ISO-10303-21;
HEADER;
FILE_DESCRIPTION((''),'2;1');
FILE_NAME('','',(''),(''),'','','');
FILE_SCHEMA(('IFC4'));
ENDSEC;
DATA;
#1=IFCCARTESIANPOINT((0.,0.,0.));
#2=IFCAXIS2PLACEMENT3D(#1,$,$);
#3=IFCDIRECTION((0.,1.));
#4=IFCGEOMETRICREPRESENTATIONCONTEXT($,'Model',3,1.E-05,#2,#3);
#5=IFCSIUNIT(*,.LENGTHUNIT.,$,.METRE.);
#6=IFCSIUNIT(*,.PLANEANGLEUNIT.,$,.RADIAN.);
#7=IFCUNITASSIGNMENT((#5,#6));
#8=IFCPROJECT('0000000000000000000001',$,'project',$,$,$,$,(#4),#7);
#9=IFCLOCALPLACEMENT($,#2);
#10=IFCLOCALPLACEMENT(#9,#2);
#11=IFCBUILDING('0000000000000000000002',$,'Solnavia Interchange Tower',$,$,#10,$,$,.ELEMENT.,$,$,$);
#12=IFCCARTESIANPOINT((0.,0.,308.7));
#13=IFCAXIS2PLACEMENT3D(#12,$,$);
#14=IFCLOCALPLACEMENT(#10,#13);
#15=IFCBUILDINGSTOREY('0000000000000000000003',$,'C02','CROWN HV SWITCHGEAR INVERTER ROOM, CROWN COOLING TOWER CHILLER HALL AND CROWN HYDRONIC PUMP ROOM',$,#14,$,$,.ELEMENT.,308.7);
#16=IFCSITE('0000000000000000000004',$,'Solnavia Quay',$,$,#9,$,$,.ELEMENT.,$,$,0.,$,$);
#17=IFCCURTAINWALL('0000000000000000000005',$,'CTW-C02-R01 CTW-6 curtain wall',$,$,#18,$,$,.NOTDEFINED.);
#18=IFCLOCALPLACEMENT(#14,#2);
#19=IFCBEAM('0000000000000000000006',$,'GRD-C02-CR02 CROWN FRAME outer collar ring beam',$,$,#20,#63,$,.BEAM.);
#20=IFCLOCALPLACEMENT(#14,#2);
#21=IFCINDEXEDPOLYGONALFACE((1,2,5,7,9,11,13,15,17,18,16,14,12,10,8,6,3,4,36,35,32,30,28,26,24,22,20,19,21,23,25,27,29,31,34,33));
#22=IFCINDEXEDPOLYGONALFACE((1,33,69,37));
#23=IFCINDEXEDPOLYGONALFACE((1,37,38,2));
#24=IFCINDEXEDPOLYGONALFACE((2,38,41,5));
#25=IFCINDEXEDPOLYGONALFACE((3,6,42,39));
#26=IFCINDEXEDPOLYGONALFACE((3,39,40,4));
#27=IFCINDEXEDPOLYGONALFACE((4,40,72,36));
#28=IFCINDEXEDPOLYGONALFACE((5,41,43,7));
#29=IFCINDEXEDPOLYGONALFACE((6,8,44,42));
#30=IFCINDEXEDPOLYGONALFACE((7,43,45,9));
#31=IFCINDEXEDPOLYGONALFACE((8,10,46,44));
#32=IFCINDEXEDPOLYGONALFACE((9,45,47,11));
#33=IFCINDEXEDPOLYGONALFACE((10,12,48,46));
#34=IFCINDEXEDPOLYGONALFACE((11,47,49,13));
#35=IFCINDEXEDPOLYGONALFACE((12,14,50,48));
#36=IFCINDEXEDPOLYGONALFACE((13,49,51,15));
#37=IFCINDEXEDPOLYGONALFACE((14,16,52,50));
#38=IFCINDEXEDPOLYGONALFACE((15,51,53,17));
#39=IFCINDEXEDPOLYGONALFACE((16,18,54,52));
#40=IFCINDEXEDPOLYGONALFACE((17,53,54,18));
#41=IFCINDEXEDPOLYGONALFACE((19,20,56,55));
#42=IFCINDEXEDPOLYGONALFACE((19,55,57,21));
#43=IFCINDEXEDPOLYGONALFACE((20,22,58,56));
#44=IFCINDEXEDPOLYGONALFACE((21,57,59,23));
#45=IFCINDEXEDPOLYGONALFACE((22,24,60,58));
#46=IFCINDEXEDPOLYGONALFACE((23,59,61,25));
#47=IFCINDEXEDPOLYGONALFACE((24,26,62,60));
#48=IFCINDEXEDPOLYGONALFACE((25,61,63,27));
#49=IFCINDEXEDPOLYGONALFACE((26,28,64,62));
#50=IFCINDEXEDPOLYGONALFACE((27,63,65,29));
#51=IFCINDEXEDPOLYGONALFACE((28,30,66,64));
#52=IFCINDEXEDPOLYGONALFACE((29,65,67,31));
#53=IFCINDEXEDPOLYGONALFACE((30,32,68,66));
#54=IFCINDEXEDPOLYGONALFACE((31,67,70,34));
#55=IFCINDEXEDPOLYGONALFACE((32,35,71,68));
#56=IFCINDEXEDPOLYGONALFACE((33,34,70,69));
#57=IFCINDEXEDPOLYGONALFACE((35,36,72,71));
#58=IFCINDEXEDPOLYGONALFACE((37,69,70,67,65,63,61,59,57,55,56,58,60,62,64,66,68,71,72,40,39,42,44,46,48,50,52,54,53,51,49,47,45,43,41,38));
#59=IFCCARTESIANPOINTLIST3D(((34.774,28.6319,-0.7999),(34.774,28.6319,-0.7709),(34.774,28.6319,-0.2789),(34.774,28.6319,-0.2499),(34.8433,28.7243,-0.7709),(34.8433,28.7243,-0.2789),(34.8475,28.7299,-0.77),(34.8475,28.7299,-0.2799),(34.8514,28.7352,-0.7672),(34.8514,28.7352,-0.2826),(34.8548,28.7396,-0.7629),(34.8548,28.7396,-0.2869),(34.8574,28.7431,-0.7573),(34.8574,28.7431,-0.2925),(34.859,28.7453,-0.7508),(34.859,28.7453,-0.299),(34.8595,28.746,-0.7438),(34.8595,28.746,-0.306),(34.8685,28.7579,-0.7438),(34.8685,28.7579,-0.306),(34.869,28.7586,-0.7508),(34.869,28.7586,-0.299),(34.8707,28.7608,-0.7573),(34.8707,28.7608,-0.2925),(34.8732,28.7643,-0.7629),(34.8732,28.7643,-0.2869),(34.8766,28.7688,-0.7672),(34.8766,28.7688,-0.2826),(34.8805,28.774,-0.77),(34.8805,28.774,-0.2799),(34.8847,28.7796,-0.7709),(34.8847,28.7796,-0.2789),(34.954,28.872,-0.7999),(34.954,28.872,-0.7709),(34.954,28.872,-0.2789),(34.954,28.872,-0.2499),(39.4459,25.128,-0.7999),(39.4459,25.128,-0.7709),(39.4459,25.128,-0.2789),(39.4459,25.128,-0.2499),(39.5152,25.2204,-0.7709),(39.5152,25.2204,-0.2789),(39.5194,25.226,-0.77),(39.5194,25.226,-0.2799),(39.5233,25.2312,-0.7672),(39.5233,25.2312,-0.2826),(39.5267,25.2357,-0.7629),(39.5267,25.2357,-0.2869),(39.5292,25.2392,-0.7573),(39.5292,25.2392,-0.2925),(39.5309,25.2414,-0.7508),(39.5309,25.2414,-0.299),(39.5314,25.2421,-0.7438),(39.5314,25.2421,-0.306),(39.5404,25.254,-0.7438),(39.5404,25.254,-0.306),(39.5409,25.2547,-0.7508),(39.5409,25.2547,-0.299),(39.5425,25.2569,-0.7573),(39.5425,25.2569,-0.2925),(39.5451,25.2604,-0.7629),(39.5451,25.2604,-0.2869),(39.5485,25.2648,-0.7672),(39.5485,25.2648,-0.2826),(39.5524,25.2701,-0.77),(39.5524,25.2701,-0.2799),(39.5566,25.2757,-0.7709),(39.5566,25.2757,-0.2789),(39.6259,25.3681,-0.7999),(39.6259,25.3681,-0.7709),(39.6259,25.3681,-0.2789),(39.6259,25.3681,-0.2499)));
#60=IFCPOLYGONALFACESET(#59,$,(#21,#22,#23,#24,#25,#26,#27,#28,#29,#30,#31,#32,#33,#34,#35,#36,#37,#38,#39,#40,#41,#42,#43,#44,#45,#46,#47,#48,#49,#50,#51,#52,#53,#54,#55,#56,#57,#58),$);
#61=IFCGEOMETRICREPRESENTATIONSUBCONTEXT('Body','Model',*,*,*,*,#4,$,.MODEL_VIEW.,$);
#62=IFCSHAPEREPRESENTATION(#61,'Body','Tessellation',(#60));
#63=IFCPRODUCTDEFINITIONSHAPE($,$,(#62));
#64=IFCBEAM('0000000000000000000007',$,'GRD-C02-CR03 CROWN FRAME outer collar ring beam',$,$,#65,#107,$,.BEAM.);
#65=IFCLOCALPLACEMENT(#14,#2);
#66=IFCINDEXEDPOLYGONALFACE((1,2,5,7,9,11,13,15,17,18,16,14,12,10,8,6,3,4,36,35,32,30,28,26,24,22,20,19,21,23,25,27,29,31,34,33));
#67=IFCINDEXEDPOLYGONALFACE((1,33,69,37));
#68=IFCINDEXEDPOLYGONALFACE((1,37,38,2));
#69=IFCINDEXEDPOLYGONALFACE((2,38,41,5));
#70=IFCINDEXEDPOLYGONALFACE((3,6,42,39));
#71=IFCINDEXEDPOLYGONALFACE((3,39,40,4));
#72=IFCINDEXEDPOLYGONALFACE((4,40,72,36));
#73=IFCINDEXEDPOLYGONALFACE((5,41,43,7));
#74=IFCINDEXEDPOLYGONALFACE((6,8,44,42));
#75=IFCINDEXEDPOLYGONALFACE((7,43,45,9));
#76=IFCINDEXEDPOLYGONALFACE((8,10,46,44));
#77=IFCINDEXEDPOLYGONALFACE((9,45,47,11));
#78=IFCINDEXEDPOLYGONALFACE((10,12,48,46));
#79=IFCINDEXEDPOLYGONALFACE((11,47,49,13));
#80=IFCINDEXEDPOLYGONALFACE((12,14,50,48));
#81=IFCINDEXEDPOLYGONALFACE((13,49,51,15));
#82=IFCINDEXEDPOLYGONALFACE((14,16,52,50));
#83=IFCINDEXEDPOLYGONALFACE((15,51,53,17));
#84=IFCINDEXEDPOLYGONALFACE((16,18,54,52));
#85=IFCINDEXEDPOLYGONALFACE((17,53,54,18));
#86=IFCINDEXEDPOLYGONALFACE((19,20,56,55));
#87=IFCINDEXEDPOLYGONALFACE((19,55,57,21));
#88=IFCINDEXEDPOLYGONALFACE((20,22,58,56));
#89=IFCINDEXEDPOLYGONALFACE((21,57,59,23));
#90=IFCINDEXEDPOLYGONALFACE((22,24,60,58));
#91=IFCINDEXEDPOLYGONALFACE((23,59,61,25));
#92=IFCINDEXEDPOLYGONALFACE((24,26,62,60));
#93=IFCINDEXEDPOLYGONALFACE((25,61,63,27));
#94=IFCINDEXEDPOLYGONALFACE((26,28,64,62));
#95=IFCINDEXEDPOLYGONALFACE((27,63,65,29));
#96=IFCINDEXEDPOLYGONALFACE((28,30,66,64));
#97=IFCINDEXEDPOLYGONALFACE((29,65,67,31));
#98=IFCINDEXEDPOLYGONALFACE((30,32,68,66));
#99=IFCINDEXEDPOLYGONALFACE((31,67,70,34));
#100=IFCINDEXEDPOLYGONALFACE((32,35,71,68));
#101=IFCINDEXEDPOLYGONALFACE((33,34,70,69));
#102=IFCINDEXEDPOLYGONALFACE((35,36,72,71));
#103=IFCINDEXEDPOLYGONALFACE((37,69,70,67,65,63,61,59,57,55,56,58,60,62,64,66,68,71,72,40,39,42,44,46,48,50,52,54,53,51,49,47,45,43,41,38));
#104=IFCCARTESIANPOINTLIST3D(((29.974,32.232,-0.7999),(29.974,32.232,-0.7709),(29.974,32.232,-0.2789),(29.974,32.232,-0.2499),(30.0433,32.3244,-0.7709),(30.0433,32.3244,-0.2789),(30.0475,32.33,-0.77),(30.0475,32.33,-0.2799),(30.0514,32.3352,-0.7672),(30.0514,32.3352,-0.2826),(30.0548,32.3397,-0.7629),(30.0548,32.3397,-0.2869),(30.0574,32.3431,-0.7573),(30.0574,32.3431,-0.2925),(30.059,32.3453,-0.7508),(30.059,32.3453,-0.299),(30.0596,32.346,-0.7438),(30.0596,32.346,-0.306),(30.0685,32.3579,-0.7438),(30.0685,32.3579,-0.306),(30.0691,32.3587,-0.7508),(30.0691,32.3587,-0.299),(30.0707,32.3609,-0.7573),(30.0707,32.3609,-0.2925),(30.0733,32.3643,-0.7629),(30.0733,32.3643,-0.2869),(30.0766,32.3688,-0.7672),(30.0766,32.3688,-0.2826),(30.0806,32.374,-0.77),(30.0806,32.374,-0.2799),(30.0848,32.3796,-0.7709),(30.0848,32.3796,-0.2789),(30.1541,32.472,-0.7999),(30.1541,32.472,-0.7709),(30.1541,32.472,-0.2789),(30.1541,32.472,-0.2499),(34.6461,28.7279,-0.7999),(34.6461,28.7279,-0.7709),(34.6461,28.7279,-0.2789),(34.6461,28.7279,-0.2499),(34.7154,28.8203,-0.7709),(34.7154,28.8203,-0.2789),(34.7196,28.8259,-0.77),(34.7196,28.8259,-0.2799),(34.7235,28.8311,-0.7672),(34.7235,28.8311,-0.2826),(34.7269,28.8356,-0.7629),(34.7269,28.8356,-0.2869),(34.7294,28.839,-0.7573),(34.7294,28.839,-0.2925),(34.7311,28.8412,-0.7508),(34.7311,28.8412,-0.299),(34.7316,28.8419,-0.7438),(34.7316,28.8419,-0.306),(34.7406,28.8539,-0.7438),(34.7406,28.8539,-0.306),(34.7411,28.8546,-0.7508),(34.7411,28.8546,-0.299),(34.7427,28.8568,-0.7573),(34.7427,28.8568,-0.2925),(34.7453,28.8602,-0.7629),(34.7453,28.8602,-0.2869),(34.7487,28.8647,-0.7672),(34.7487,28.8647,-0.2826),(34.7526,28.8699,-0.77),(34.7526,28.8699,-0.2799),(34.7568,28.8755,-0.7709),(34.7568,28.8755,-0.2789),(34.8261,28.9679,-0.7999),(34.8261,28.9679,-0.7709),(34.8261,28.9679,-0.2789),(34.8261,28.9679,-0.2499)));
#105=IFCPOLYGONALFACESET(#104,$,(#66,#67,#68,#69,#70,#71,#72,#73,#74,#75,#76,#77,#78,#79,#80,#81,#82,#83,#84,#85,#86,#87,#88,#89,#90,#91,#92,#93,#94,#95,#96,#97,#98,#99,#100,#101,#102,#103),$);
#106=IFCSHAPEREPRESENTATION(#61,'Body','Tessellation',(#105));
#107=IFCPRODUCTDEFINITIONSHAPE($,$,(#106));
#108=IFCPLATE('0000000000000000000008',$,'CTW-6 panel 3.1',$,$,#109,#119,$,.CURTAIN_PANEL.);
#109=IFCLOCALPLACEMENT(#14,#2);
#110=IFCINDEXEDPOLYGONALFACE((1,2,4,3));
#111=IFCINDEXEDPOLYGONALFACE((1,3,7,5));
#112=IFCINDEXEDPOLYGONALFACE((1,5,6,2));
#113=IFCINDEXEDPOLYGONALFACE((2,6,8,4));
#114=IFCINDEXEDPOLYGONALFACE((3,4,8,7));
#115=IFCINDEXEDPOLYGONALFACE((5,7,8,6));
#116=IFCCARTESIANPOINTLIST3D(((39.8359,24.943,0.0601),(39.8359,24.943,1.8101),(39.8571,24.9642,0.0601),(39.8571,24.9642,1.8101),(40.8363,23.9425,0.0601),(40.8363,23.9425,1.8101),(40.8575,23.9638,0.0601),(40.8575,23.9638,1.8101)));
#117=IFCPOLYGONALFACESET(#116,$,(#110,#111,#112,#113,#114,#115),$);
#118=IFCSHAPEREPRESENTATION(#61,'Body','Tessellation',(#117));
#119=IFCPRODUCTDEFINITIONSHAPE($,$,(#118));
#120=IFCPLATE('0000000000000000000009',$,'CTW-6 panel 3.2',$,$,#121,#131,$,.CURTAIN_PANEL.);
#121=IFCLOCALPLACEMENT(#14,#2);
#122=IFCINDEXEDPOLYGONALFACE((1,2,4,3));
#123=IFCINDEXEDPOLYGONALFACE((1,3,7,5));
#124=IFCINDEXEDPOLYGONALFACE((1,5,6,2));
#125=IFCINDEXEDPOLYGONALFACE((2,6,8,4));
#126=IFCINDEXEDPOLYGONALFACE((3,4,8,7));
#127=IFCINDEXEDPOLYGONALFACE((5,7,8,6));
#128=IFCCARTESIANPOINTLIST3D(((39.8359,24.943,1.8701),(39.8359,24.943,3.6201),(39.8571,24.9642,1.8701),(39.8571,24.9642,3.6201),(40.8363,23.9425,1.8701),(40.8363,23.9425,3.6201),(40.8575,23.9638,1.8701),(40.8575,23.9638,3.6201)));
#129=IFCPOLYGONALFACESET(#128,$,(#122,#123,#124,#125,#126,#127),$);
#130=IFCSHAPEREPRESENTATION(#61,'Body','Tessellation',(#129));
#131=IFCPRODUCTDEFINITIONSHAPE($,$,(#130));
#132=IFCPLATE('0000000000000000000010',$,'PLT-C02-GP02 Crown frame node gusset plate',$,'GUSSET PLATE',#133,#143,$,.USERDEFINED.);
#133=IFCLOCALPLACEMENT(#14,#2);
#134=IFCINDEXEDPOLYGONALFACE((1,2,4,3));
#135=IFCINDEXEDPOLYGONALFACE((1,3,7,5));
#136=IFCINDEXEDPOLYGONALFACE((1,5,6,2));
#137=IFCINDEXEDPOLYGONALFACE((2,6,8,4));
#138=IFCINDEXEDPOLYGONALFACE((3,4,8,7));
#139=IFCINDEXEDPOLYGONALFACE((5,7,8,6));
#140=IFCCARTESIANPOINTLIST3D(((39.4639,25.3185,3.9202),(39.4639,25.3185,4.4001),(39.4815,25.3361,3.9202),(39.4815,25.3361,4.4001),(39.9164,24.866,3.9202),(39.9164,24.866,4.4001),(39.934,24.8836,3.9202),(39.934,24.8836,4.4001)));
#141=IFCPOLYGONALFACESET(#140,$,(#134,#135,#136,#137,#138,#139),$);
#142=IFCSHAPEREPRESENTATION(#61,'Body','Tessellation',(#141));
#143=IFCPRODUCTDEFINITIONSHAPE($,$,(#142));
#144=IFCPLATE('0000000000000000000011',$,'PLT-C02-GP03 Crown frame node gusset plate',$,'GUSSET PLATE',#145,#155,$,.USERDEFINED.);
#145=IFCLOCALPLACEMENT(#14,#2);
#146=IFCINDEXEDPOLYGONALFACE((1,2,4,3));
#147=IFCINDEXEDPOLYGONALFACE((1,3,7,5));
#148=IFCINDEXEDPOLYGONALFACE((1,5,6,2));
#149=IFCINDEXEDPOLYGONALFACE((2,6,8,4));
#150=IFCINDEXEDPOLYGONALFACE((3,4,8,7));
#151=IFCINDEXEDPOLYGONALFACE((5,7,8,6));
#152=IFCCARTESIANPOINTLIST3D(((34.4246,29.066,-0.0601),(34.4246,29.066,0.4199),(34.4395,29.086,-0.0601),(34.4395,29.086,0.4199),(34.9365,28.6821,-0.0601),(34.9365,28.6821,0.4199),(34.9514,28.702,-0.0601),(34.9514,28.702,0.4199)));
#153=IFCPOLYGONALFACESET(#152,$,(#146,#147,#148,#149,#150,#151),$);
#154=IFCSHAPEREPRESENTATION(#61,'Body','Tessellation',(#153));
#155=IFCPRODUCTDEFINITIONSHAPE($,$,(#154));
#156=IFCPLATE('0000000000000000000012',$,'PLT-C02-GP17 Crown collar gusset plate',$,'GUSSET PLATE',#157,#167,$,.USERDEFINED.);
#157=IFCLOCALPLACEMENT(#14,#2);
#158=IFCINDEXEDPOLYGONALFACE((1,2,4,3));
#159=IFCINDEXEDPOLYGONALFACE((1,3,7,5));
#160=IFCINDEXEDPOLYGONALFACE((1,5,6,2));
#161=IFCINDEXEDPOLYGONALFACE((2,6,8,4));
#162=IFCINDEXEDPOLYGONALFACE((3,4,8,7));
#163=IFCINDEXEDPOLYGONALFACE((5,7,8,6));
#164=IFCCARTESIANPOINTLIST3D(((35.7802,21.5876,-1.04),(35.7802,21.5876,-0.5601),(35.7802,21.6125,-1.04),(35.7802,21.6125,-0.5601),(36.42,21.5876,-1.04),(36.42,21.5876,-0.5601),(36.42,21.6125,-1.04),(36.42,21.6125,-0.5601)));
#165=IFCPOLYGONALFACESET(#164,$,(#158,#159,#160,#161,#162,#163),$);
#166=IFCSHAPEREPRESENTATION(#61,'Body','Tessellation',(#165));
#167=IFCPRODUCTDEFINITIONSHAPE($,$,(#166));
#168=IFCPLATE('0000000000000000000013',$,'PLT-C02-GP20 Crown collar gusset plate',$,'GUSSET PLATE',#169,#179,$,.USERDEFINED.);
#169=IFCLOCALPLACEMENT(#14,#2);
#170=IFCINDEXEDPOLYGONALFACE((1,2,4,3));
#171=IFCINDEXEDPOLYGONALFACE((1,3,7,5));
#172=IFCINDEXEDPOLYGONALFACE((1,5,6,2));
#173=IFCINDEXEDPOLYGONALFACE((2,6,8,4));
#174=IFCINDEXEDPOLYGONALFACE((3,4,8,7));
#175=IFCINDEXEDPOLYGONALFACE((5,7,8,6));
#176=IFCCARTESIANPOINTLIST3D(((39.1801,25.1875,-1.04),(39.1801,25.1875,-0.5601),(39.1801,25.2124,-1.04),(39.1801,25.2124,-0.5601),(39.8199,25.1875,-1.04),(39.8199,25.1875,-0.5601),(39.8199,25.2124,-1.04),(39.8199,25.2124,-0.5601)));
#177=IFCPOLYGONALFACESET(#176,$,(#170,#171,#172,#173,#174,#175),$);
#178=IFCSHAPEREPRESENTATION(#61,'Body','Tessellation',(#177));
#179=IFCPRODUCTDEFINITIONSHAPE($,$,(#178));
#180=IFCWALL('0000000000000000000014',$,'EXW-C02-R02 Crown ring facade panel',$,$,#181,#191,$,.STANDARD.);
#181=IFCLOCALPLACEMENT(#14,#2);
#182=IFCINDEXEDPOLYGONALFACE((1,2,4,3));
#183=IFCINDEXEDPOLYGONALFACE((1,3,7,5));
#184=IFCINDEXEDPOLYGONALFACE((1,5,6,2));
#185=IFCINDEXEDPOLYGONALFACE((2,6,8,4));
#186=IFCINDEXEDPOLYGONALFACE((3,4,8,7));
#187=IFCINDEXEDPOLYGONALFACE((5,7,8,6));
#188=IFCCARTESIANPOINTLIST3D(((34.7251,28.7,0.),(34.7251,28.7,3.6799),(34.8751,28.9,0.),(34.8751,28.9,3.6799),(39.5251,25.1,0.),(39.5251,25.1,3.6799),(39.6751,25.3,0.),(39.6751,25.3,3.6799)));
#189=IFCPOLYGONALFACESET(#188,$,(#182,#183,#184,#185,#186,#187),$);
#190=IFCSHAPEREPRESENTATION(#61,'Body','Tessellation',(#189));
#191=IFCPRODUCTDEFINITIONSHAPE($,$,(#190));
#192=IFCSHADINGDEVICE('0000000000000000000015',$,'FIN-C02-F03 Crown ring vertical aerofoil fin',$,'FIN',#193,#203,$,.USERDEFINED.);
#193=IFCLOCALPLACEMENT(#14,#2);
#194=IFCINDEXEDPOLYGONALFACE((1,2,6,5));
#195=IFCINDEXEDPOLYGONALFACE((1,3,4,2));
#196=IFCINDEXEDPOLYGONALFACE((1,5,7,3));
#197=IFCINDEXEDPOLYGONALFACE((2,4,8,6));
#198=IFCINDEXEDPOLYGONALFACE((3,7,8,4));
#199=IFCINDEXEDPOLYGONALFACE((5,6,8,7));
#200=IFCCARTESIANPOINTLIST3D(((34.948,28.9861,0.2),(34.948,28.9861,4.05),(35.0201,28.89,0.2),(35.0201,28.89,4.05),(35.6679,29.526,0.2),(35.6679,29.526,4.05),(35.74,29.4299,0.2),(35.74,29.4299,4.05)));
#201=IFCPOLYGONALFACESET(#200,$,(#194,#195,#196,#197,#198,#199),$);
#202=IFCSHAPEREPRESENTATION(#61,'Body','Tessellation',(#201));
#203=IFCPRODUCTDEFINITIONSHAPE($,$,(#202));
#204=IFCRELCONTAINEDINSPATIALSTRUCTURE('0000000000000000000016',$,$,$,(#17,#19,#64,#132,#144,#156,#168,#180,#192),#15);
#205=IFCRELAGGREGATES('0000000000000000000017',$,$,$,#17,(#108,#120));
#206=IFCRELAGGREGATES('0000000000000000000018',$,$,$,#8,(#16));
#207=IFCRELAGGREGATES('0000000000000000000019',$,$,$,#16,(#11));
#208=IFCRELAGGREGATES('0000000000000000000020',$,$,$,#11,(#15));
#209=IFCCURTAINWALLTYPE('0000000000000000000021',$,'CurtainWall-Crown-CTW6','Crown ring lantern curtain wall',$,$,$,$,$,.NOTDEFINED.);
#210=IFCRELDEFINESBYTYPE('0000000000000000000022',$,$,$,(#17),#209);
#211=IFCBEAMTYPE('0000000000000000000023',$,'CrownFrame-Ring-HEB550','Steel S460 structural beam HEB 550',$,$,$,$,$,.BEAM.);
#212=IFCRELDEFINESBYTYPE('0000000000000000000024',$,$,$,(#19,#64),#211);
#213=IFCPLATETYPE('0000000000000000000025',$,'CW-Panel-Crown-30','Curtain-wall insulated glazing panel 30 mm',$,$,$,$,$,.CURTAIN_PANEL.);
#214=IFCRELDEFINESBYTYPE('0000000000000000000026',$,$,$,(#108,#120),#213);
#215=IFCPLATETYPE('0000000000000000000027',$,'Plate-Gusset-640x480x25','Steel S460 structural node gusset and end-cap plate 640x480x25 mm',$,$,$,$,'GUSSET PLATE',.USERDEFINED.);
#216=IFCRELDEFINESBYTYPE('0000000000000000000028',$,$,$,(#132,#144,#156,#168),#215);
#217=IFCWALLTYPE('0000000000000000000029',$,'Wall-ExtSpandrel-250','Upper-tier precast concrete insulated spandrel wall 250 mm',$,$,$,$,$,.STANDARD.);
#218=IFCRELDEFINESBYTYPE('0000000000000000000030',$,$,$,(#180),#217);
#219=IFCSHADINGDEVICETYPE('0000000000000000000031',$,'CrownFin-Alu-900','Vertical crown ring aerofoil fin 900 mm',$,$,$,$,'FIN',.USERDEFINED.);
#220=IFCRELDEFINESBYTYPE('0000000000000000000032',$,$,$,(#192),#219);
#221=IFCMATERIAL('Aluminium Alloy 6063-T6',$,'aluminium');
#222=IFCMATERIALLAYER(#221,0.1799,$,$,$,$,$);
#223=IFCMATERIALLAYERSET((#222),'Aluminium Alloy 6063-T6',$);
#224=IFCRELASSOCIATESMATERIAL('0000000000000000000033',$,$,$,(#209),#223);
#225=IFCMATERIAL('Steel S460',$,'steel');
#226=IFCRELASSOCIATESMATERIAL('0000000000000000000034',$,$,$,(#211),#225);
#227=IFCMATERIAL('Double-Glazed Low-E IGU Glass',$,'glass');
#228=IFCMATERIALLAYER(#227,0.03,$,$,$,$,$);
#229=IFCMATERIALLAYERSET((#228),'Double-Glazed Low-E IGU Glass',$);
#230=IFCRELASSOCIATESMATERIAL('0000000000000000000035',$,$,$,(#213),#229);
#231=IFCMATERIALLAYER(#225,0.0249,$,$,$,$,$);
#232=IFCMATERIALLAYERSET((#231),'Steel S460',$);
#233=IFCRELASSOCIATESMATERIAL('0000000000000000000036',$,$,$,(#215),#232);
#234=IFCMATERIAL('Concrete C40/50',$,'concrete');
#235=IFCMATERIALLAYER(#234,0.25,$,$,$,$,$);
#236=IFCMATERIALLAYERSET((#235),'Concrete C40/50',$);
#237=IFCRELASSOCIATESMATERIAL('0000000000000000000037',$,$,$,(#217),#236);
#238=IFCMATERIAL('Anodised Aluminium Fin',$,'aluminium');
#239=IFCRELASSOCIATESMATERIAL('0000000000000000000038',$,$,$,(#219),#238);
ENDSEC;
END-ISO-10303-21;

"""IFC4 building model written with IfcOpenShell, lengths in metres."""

from ifc_helpers import new_model, si_unit, direction, frame, frame_2d, origin, origin_2d, place, context, subcontext, project, spatial, rectangle, i_section, extrude, material, layer, layer_set, material_profile, profile_set, type_object, element, aggregate, save


model = new_model("IFC4")

# Units and contexts
model_context = context("Model", 3, precision=1e-05, world=origin(), true_north=direction((0.0, 1.0)))
body_context = subcontext(model_context, "Body", "Model", "MODEL_VIEW")
ifc_project = project(units=[si_unit("LENGTHUNIT", "METRE"), si_unit("PLANEANGLEUNIT", "RADIAN")], contexts=[model_context])

# Site, building, storey
site_placement = place(None, origin())
site = spatial("IfcSite", under=ifc_project, at=site_placement, Name="Solnavia Quay", CompositionType="ELEMENT", RefElevation=0.0)
building_placement = place(site_placement, origin())
building = spatial("IfcBuilding", under=site, at=building_placement, Name="Solnavia Interchange Tower", CompositionType="ELEMENT")
storey_placement = place(building_placement, frame((0.0, 0.0, 308.7)))
storey = spatial("IfcBuildingStorey", under=building, at=storey_placement, Name="C02", Description="CROWN HV SWITCHGEAR INVERTER ROOM, CROWN COOLING TOWER CHILLER HALL AND CROWN HYDRONIC PUMP ROOM", CompositionType="ELEMENT", Elevation=308.7)

# Shared definitions
ifc_material_1 = material(Name="Steel S460", Category="steel")

# Curtain wall
ifc_material_2 = material(Name="Aluminium Alloy 6063-T6", Category="aluminium")
ifc_layer_1 = layer(ifc_material_2, 0.1799)
ifc_layer_set_1 = layer_set([ifc_layer_1], Name="Aluminium Alloy 6063-T6")
curtain_wall_type = type_object("IfcCurtainWallType", Name="CurtainWall-Crown-CTW6", Description="Crown ring lantern curtain wall", PredefinedType="NOTDEFINED", material=ifc_layer_set_1)
curtain_wall_1_placement = place(storey_placement, origin())
curtain_wall_1 = element("IfcCurtainWall", 1, at=curtain_wall_1_placement, inside=storey, type_object=curtain_wall_type, Name="CTW-C02-R01 CTW-6 curtain wall", PredefinedType="NOTDEFINED")

# Beams
ifc_material_profile_1 = material_profile(ifc_material_1, i_section(OverallWidth=0.3, OverallDepth=0.55, WebThickness=0.0149, FlangeThickness=0.0291, FilletRadius=0.0271, at=origin_2d()), Name="HEB 550")
ifc_profile_set_1 = profile_set([ifc_material_profile_1], Name="Steel S460")
beam_type_1 = type_object("IfcBeamType", Name="CrownFrame-Ring-HEB550", Description="Steel S460 structural beam HEB 550", PredefinedType="BEAM", material=ifc_profile_set_1)
beam_1_placement = place(storey_placement, frame((39.5359, 25.248, -0.5249), z_axis=(-0.8, 0.6, 0.0), x_axis=(-0.6, -0.8, 0.0)))
element("IfcBeam", 2, at=beam_1_placement, inside=storey, type_object=beam_type_1, Name="GRD-C02-CR02 CROWN FRAME outer collar ring beam", PredefinedType="BEAM", context=body_context, shape_type="SweptSolid", body=[
    extrude(i_section(OverallWidth=0.3, OverallDepth=0.55, WebThickness=0.0149, FlangeThickness=0.0291, FilletRadius=0.0271, at=origin_2d()), origin(), (0.0, 0.0, 1.0), 5.8398),
])
beam_2_placement = place(storey_placement, frame((34.7361, 28.8479, -0.5249), z_axis=(-0.799995, 0.600007, 0.0), x_axis=(-0.600007, -0.799995, 0.0)))
element("IfcBeam", 3, at=beam_2_placement, inside=storey, type_object=beam_type_1, Name="GRD-C02-CR03 CROWN FRAME outer collar ring beam", PredefinedType="BEAM", context=body_context, shape_type="SweptSolid", body=[
    extrude(i_section(OverallWidth=0.3, OverallDepth=0.55, WebThickness=0.0149, FlangeThickness=0.0291, FilletRadius=0.0271, at=origin_2d()), origin(), (0.0, 0.0, 1.0), 5.8401),
])

# Plates
ifc_material_3 = material(Name="Double-Glazed Low-E IGU Glass", Category="glass")
ifc_layer_2 = layer(ifc_material_3, 0.03)
ifc_layer_set_2 = layer_set([ifc_layer_2], Name="Double-Glazed Low-E IGU Glass")
plate_type_1 = type_object("IfcPlateType", Name="CW-Panel-Crown-30", Description="Curtain-wall insulated glazing panel 30 mm", PredefinedType="CURTAIN_PANEL", material=ifc_layer_set_2)
plate_1_placement = place(storey_placement, frame((40.3467, 24.4534, 0.0601), z_axis=(0.0, 0.0, 1.0), x_axis=(-0.707107, 0.707107, 0.0)))
plate_1 = element("IfcPlate", 4, at=plate_1_placement, type_object=plate_type_1, Name="CTW-6 panel 3.1", PredefinedType="CURTAIN_PANEL", context=body_context, shape_type="SweptSolid", body=[
    extrude(rectangle(XDim=1.4148, YDim=0.03, at=origin_2d()), origin(), (0.0, 0.0, 1.0), 1.75),
])
plate_2_placement = place(storey_placement, frame((40.3467, 24.4534, 1.8701), z_axis=(0.0, 0.0, 1.0), x_axis=(-0.707107, 0.707107, 0.0)))
plate_2 = element("IfcPlate", 5, at=plate_2_placement, type_object=plate_type_1, Name="CTW-6 panel 3.2", PredefinedType="CURTAIN_PANEL", context=body_context, shape_type="SweptSolid", body=[
    extrude(rectangle(XDim=1.4148, YDim=0.03, at=origin_2d()), origin(), (0.0, 0.0, 1.0), 1.75),
])
aggregate(curtain_wall_1, [plate_1, plate_2])

# Plates
ifc_layer_3 = layer(ifc_material_1, 0.0249)
ifc_layer_set_3 = layer_set([ifc_layer_3], Name="Steel S460")
plate_type_2 = type_object("IfcPlateType", Name="Plate-Gusset-640x480x25", Description="Steel S460 structural node gusset and end-cap plate 640x480x25 mm", ElementType="GUSSET PLATE", PredefinedType="USERDEFINED", material=ifc_layer_set_3)
for number, where, z_axis, x_axis, name in (
    (6, (39.699, 25.1011, 3.9202), (0.0, 0.0, 1.0), (-0.707107, 0.707107, 0.0), "PLT-C02-GP02 Crown frame node gusset plate"),
    (7, (34.688, 28.884, -0.0601), (0.0, 0.0, 1.0), (-0.799999, 0.600001, 0.0), "PLT-C02-GP03 Crown frame node gusset plate"),
    (8, (36.1001, 21.6001, -1.04), (0.0, 0.0, 1.0), (1.0, 0.0, 0.0), "PLT-C02-GP17 Crown collar gusset plate"),
    (9, (39.5, 25.2, -1.04), (0.0, 0.0, 1.0), (1.0, 0.0, 0.0), "PLT-C02-GP20 Crown collar gusset plate"),
):
    element("IfcPlate", number, at=place(storey_placement, frame(where, z_axis=z_axis, x_axis=x_axis)), inside=storey, type_object=plate_type_2, Name=name, ObjectType="GUSSET PLATE", PredefinedType="USERDEFINED", context=body_context, shape_type="SweptSolid", body=[
        extrude(rectangle(XDim=0.6399, YDim=0.0249, at=origin_2d()), origin(), (0.0, 0.0, 1.0), 0.48),
    ])

# Wall
ifc_material_4 = material(Name="Concrete C40/50", Category="concrete")
ifc_layer_4 = layer(ifc_material_4, 0.25)
ifc_layer_set_4 = layer_set([ifc_layer_4], Name="Concrete C40/50")
wall_type = type_object("IfcWallType", Name="Wall-ExtSpandrel-250", Description="Upper-tier precast concrete insulated spandrel wall 250 mm", PredefinedType="STANDARD", material=ifc_layer_set_4)
wall_placement = place(storey_placement, frame((39.6001, 25.2, 0.0), z_axis=(0.0, 0.0, 1.0), x_axis=(-0.799995, 0.600007, 0.0)))
element("IfcWall", 10, at=wall_placement, inside=storey, type_object=wall_type, Name="EXW-C02-R02 Crown ring facade panel", PredefinedType="STANDARD", context=body_context, shape_type="SweptSolid", body=[
    extrude(rectangle(XDim=6.0, YDim=0.25, at=frame_2d((3.0, 0.0))), origin(), (0.0, 0.0, 1.0), 3.6799),
])

# Shading device
ifc_material_5 = material(Name="Anodised Aluminium Fin", Category="aluminium")
shading_device_type = type_object("IfcShadingDeviceType", Name="CrownFin-Alu-900", Description="Vertical crown ring aerofoil fin 900 mm", ElementType="FIN", PredefinedType="USERDEFINED", material=ifc_material_5)
shading_device_placement = place(storey_placement, frame((35.344, 29.208, 0.2), z_axis=(0.0, 0.0, 1.0), x_axis=(0.799999, 0.600001, 0.0)))
element("IfcShadingDevice", 11, at=shading_device_placement, inside=storey, type_object=shading_device_type, Name="FIN-C02-F03 Crown ring vertical aerofoil fin", ObjectType="FIN", PredefinedType="USERDEFINED", context=body_context, shape_type="SweptSolid", body=[
    extrude(rectangle(XDim=0.8999, YDim=0.1201, at=origin_2d()), origin(), (0.0, 0.0, 1.0), 3.8501),
])

save(model, "model.ifc")
